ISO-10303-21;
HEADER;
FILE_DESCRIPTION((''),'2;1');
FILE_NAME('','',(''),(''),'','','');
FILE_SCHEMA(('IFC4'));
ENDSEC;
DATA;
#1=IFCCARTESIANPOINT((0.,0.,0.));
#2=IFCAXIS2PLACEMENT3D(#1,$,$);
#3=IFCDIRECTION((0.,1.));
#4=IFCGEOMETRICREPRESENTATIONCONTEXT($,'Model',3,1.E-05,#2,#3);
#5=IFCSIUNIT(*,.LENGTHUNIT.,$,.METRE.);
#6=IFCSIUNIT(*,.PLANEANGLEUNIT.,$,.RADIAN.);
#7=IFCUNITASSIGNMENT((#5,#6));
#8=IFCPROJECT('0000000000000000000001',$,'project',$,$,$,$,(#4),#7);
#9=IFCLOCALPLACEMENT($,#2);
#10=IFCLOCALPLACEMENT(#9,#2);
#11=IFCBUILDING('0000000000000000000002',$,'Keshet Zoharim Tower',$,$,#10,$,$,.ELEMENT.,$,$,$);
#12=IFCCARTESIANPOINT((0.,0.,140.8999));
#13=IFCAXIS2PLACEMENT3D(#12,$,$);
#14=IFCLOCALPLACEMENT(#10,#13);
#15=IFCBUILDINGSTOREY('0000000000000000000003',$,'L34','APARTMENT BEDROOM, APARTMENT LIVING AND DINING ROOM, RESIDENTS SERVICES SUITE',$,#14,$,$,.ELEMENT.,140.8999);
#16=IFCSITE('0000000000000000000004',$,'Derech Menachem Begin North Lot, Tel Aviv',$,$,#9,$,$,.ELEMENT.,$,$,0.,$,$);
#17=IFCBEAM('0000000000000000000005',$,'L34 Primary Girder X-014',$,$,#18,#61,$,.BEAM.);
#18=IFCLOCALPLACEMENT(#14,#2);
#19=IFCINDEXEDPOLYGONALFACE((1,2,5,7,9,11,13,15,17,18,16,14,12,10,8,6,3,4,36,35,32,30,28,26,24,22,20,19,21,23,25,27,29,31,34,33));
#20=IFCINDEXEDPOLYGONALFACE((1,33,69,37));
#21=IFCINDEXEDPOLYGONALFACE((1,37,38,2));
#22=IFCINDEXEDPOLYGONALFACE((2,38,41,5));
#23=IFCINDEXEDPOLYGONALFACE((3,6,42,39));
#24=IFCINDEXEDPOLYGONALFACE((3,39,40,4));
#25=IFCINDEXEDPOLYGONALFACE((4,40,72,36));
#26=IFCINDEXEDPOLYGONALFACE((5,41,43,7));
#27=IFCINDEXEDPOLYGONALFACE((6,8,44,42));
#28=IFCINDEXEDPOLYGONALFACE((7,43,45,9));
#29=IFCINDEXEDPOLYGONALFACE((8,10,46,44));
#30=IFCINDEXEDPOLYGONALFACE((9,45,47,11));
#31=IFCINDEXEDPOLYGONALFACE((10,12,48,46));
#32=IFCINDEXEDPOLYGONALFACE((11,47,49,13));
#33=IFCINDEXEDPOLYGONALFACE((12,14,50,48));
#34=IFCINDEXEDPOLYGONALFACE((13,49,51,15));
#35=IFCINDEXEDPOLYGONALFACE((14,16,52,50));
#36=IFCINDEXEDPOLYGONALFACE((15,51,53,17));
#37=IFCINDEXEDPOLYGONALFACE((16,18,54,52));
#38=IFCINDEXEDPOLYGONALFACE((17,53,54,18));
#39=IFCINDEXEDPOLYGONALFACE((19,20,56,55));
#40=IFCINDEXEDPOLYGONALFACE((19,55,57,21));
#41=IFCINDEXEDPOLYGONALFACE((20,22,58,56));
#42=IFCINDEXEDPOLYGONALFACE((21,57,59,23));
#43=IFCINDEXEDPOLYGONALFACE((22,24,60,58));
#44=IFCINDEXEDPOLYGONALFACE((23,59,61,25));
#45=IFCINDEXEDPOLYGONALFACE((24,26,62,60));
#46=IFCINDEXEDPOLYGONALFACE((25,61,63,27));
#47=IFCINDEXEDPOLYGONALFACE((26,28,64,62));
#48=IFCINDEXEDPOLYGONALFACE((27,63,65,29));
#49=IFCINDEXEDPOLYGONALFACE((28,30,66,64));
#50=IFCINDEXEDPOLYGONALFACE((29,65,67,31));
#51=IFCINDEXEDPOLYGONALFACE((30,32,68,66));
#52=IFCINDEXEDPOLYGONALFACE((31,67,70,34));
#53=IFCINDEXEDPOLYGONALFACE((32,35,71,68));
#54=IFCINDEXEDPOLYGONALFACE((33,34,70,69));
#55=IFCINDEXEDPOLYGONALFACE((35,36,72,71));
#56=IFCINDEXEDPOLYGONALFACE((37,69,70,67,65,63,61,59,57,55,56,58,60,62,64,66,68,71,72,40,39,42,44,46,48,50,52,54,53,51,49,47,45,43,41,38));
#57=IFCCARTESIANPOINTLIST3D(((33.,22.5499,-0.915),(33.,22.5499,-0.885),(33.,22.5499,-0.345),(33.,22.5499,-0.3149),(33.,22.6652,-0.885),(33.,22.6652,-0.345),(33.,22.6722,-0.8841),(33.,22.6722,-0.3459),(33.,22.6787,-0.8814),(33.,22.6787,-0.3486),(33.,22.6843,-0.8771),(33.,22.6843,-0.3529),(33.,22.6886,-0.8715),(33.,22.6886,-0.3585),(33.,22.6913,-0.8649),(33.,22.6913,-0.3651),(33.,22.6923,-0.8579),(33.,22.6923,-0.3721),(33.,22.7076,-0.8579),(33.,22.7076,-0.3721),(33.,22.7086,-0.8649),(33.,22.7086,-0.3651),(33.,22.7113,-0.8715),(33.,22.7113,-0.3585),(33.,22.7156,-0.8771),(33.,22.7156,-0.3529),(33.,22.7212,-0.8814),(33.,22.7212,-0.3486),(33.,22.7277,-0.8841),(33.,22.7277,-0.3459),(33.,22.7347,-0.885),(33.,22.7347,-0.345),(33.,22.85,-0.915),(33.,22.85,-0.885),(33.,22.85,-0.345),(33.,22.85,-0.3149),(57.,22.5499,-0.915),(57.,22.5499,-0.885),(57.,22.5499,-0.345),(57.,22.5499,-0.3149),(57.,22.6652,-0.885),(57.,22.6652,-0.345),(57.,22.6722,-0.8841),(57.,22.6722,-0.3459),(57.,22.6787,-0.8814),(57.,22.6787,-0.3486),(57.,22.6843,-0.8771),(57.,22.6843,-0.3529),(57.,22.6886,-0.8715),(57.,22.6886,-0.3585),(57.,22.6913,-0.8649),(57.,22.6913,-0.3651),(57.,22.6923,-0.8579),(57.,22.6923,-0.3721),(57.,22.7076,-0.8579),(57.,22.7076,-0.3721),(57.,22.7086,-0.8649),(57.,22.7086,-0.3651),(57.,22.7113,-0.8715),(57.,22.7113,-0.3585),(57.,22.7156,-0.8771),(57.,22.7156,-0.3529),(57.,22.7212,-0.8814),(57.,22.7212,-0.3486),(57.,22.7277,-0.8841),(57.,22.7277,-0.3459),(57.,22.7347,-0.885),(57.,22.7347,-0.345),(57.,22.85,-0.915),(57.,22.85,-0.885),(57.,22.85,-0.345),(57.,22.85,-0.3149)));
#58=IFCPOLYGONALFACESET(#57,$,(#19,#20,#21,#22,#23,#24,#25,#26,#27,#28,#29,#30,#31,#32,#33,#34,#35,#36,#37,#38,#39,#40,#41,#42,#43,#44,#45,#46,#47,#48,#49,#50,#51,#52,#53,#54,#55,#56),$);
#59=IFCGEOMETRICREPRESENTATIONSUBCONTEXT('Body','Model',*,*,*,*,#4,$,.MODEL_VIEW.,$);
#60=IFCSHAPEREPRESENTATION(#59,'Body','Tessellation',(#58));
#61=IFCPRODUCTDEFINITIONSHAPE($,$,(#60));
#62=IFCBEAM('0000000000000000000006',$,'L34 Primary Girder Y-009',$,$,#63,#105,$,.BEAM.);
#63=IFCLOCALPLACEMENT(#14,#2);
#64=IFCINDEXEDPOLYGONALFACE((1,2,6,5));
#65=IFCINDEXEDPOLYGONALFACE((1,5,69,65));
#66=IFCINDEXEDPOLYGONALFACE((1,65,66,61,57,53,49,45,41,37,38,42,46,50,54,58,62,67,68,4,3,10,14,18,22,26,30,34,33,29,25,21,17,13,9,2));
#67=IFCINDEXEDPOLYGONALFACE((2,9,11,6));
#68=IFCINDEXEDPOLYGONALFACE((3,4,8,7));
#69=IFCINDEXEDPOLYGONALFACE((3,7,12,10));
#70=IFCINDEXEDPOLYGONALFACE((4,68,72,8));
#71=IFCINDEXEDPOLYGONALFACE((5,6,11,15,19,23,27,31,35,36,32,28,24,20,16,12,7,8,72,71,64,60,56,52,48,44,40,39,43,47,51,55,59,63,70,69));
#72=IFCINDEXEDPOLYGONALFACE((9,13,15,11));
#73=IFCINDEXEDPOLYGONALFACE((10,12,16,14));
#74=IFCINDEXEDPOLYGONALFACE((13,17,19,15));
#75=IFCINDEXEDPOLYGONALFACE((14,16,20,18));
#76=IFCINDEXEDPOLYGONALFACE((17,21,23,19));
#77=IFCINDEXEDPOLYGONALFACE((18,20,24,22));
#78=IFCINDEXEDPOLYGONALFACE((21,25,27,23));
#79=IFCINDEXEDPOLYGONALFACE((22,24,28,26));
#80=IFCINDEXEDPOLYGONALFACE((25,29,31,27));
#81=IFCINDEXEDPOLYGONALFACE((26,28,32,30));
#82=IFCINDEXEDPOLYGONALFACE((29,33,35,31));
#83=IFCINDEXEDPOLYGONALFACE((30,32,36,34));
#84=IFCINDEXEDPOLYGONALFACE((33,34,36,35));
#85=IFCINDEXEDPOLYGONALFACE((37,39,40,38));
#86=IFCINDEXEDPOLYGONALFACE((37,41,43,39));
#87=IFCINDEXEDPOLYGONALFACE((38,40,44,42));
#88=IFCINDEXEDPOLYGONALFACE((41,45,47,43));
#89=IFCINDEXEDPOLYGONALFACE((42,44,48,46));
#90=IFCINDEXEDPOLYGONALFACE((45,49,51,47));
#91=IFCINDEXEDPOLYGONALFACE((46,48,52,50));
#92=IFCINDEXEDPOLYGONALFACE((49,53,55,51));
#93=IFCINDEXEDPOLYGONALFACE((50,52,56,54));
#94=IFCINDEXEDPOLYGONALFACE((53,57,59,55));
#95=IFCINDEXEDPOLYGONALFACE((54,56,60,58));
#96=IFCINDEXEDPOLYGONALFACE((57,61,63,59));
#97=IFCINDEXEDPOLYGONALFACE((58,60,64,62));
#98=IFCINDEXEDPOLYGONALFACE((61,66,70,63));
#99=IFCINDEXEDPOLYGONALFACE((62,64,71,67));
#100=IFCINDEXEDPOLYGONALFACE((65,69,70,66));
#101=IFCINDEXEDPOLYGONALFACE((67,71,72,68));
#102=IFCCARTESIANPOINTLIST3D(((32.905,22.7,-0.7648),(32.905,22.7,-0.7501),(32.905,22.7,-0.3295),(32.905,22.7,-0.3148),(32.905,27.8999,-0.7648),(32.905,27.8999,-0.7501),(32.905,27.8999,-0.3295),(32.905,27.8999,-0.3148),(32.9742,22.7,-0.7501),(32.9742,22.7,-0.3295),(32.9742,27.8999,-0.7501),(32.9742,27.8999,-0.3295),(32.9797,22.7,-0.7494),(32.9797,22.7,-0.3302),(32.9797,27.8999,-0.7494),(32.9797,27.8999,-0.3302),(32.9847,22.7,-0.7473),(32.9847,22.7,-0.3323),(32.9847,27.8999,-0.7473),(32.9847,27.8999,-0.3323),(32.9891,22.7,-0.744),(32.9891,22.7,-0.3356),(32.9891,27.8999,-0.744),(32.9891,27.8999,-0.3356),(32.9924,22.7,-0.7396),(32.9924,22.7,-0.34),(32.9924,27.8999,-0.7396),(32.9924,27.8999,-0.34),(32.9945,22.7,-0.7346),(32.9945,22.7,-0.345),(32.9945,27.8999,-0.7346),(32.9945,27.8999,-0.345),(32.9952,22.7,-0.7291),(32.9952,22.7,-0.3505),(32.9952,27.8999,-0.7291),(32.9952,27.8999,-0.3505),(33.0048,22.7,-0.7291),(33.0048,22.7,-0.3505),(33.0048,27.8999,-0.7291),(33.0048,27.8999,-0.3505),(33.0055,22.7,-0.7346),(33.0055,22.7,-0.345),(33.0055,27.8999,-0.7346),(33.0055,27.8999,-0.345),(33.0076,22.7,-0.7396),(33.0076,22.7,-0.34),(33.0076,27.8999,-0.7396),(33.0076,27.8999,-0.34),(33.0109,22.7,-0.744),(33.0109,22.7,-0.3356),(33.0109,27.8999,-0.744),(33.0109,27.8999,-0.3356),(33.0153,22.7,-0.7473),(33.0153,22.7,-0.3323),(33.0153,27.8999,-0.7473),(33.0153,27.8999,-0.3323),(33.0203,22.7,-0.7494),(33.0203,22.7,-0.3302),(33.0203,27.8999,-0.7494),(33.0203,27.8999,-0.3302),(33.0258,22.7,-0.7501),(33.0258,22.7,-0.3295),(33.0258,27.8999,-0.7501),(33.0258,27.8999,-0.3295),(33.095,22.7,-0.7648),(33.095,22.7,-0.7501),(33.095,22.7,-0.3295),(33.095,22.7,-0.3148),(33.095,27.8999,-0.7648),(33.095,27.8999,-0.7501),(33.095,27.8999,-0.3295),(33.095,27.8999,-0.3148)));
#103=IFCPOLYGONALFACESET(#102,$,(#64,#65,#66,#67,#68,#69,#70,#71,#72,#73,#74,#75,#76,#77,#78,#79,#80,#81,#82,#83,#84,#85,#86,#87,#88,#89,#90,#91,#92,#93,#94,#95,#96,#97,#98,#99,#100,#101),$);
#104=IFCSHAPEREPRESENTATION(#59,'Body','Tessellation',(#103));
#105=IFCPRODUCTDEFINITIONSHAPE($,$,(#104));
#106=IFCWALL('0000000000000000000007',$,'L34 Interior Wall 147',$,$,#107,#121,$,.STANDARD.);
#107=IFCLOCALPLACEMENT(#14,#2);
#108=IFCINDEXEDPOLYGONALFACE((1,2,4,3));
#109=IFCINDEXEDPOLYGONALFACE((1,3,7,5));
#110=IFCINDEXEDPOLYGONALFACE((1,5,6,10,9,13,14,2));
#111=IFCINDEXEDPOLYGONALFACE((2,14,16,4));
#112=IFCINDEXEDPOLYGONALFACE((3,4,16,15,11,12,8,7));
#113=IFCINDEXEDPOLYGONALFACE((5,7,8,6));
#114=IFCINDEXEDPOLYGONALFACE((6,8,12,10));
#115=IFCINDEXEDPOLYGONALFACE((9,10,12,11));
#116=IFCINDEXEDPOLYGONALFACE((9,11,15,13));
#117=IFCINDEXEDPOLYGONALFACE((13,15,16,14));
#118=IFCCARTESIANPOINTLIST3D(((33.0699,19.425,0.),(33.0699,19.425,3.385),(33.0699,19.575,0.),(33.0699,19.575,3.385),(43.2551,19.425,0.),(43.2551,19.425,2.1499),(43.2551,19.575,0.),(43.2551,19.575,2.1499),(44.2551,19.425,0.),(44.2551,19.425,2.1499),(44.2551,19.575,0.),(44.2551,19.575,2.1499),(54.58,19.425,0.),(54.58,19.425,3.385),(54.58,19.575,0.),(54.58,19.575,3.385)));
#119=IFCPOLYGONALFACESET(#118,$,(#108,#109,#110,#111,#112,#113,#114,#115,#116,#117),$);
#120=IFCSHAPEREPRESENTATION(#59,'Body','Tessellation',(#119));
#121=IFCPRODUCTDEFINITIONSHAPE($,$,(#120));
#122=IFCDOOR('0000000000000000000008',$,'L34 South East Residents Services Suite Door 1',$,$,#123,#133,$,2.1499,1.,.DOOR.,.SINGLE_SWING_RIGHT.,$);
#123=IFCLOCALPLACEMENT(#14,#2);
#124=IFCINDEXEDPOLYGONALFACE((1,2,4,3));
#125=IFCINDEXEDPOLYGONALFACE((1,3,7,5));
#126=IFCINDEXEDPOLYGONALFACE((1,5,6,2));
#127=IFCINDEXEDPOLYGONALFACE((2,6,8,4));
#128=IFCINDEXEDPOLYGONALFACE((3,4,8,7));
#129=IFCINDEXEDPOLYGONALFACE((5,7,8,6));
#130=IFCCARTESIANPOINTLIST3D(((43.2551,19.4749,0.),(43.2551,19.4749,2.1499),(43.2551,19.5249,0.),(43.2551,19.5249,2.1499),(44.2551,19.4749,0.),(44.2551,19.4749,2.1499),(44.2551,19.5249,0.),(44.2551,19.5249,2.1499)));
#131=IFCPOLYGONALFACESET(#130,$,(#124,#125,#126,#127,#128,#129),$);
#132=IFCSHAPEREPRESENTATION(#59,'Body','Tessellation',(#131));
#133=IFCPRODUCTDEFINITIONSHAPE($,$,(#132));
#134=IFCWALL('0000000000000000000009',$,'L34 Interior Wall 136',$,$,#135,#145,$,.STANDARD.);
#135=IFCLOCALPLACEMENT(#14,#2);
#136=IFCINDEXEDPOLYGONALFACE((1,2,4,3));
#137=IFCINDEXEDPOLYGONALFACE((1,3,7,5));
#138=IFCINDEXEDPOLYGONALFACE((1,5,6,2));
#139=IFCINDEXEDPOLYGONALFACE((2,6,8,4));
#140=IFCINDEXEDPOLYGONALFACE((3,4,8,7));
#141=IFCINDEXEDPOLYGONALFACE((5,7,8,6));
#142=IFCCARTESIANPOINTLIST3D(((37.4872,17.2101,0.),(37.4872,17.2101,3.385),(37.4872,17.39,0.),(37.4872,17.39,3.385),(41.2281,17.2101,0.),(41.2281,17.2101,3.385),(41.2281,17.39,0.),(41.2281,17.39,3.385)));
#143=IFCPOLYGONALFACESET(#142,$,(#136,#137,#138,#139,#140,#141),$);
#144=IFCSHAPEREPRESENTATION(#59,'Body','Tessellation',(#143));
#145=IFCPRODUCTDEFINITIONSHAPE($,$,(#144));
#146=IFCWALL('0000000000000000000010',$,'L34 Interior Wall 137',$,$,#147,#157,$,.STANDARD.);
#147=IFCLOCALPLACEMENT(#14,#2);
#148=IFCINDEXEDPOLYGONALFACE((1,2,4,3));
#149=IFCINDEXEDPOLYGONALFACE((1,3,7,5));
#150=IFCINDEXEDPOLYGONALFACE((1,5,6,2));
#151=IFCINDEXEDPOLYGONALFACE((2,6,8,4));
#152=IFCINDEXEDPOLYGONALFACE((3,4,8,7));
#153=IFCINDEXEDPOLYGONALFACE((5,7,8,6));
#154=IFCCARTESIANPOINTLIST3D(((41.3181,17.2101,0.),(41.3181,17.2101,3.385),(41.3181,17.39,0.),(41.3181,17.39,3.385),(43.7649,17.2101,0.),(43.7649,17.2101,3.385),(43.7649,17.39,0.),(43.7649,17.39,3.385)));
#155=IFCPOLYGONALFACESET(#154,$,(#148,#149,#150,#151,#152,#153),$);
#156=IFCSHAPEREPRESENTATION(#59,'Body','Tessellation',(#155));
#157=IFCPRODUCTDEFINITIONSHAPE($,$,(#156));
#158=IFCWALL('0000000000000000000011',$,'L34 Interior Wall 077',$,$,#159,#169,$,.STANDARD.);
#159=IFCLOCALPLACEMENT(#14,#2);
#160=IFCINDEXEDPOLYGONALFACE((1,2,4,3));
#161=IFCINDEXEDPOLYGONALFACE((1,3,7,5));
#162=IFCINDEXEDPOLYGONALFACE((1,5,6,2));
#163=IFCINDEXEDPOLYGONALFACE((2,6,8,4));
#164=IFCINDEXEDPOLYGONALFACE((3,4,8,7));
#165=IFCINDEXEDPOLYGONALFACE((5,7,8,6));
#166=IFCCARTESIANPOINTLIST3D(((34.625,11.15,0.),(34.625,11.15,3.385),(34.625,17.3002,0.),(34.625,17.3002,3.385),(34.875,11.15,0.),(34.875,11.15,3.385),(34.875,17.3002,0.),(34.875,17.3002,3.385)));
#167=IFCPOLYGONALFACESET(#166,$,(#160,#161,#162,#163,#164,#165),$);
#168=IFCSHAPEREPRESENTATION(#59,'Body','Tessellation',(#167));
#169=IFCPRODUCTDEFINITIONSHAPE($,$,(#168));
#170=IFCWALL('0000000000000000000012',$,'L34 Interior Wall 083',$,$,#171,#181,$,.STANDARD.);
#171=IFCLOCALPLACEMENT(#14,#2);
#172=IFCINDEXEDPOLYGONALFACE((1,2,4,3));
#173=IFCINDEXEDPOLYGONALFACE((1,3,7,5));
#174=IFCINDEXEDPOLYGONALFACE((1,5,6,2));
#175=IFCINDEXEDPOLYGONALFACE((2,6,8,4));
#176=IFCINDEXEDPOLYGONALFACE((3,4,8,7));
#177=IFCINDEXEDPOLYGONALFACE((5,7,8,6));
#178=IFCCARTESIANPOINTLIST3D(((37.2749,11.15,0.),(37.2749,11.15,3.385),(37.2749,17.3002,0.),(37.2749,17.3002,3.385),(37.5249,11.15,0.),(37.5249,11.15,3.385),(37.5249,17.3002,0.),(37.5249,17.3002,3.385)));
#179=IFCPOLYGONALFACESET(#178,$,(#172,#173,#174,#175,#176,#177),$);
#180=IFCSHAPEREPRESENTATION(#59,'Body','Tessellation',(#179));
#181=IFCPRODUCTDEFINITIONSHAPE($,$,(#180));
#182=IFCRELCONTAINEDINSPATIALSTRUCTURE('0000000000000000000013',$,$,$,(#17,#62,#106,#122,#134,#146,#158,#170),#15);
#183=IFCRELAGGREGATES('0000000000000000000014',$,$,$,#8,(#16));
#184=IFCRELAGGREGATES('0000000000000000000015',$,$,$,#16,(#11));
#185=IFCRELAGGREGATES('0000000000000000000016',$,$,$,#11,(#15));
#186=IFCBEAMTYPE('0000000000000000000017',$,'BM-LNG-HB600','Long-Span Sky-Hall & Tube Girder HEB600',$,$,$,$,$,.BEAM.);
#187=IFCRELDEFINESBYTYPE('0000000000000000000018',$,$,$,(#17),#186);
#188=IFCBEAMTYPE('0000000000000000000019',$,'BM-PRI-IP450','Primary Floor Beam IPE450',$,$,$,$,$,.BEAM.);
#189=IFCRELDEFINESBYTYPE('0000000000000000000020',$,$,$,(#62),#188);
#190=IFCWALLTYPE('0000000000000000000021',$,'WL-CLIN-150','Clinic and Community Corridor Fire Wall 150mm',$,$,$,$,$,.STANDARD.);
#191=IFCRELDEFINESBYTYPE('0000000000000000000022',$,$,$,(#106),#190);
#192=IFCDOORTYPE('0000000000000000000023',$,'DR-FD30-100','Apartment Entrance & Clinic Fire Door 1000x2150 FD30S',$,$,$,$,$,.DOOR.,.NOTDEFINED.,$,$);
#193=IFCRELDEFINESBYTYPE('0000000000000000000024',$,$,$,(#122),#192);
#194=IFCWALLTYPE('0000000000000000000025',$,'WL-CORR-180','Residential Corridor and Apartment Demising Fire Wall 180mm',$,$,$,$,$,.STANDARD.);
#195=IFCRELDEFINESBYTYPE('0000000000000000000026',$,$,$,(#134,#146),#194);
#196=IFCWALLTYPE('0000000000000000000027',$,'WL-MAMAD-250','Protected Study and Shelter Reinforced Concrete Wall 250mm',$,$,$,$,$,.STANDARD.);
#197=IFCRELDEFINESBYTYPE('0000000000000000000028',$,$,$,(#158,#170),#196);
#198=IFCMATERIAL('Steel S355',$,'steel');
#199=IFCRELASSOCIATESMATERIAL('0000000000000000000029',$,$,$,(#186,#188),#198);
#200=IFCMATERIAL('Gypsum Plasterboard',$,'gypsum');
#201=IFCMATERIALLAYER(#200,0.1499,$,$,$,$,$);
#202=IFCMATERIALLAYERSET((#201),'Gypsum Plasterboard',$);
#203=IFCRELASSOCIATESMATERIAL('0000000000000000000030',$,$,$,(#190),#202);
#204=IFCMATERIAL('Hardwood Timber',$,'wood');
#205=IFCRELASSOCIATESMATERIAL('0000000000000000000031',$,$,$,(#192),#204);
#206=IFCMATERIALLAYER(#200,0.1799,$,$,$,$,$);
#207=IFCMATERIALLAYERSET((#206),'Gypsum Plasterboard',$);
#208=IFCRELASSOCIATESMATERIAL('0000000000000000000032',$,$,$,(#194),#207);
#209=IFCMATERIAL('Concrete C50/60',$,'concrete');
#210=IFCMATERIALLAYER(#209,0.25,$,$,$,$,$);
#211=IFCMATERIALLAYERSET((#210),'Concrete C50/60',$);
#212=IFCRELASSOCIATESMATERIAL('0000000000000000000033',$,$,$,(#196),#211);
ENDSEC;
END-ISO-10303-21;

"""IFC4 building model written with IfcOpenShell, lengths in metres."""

from ifc_helpers import new_model, si_unit, direction, frame, frame_2d, origin, origin_2d, place, context, subcontext, project, spatial, rectangle, i_section, extrude, material, layer, layer_set, material_profile, profile_set, type_object, element, fill, save


model = new_model("IFC4")

# Units and contexts
model_context = context("Model", 3, precision=1e-05, world=origin(), true_north=direction((0.0, 1.0)))
body_context = subcontext(model_context, "Body", "Model", "MODEL_VIEW")
ifc_project = project(units=[si_unit("LENGTHUNIT", "METRE"), si_unit("PLANEANGLEUNIT", "RADIAN")], contexts=[model_context])

# Site, building, storey
site_placement = place(None, origin())
site = spatial("IfcSite", under=ifc_project, at=site_placement, Name="Derech Menachem Begin North Lot, Tel Aviv", CompositionType="ELEMENT", RefElevation=0.0)
building_placement = place(site_placement, origin())
building = spatial("IfcBuilding", under=site, at=building_placement, Name="Keshet Zoharim Tower", CompositionType="ELEMENT")
storey_placement = place(building_placement, frame((0.0, 0.0, 140.8999)))
storey = spatial("IfcBuildingStorey", under=building, at=storey_placement, Name="L34", Description="APARTMENT BEDROOM, APARTMENT LIVING AND DINING ROOM, RESIDENTS SERVICES SUITE", CompositionType="ELEMENT", Elevation=140.8999)

# Beams
ifc_material_1 = material(Name="Steel S355", Category="steel")
ifc_material_profile_1 = material_profile(ifc_material_1, i_section(OverallWidth=0.3, OverallDepth=0.6001, WebThickness=0.0154, FlangeThickness=0.03, FilletRadius=0.0271, at=origin_2d()), Name="HEB600")
ifc_profile_set_1 = profile_set([ifc_material_profile_1], Name="Steel S355")
beam_type_1 = type_object("IfcBeamType", Name="BM-LNG-HB600", Description="Long-Span Sky-Hall & Tube Girder HEB600", PredefinedType="BEAM", material=ifc_profile_set_1)
beam_1_placement = place(storey_placement, frame((33.0, 22.7, -0.615), z_axis=(1.0, 0.0, 0.0), x_axis=(0.0, 1.0, 0.0)))
element("IfcBeam", 1, at=beam_1_placement, inside=storey, type_object=beam_type_1, Name="L34 Primary Girder X-014", PredefinedType="BEAM", context=body_context, shape_type="SweptSolid", body=[
    extrude(i_section(OverallWidth=0.3, OverallDepth=0.6001, WebThickness=0.0154, FlangeThickness=0.03, FilletRadius=0.0271, at=origin_2d()), origin(), (0.0, 0.0, 1.0), 24.0),
])
ifc_material_profile_2 = material_profile(ifc_material_1, i_section(OverallWidth=0.1899, OverallDepth=0.45, WebThickness=0.0095, FlangeThickness=0.0146, FilletRadius=0.021, at=origin_2d()), Name="IPE450")
ifc_profile_set_2 = profile_set([ifc_material_profile_2], Name="Steel S355")
beam_type_2 = type_object("IfcBeamType", Name="BM-PRI-IP450", Description="Primary Floor Beam IPE450", PredefinedType="BEAM", material=ifc_profile_set_2)
beam_2_placement = place(storey_placement, frame((33.0, 22.7, -0.5398), z_axis=(0.0, 1.0, 0.0), x_axis=(-1.0, 0.0, 0.0)))
element("IfcBeam", 2, at=beam_2_placement, inside=storey, type_object=beam_type_2, Name="L34 Primary Girder Y-009", PredefinedType="BEAM", context=body_context, shape_type="SweptSolid", body=[
    extrude(i_section(OverallWidth=0.1899, OverallDepth=0.45, WebThickness=0.0095, FlangeThickness=0.0146, FilletRadius=0.021, at=origin_2d()), origin(), (0.0, 0.0, 1.0), 5.2),
])

# Wall, opening, door
ifc_material_2 = material(Name="Gypsum Plasterboard", Category="gypsum")
ifc_layer_1 = layer(ifc_material_2, 0.1499)
ifc_layer_set_1 = layer_set([ifc_layer_1], Name="Gypsum Plasterboard")
wall_type_1 = type_object("IfcWallType", Name="WL-CLIN-150", Description="Clinic and Community Corridor Fire Wall 150mm", PredefinedType="STANDARD", material=ifc_layer_set_1)
wall_1_placement = place(storey_placement, frame((33.0701, 19.5, 0.0), z_axis=(0.0, 0.0, 1.0), x_axis=(1.0, 0.0, 0.0)))
wall_1 = element("IfcWall", 3, at=wall_1_placement, inside=storey, type_object=wall_type_1, Name="L34 Interior Wall 147", PredefinedType="STANDARD", context=body_context, shape_type="SweptSolid", body=[
    extrude(rectangle(XDim=21.51, YDim=0.1499, at=frame_2d((10.7549, 0.0))), origin(), (0.0, 0.0, 1.0), 3.385),
])
opening_1_placement = place(wall_1_placement, frame((10.1851, 0.0, 0.0)))
opening_1 = element("IfcOpeningElement", 4, at=opening_1_placement, cuts=wall_1, PredefinedType="OPENING", context=body_context, shape_type="SweptSolid", body=[
    extrude(rectangle(XDim=1.0, YDim=2.1499, at=frame_2d((0.5, 1.075))), frame((0.0, 0.085, 0.0), z_axis=(0.0, -1.0, 0.0), x_axis=(1.0, 0.0, 0.0)), (0.0, 0.0, 1.0), 0.1699),
])
ifc_material_3 = material(Name="Hardwood Timber", Category="wood")
door_type_1 = type_object("IfcDoorType", Name="DR-FD30-100", Description="Apartment Entrance & Clinic Fire Door 1000x2150 FD30S", OperationType="NOTDEFINED", PredefinedType="DOOR", material=ifc_material_3)
door_1_placement = place(opening_1_placement, origin())
door_1 = element("IfcDoor", 5, at=door_1_placement, inside=storey, type_object=door_type_1, Name="L34 South East Residents Services Suite Door 1", OperationType="SINGLE_SWING_RIGHT", OverallHeight=2.1499, OverallWidth=1.0, PredefinedType="DOOR", context=body_context, shape_type="SweptSolid", body=[
    extrude(rectangle(XDim=1.0, YDim=2.1499, at=frame_2d((0.5, 1.075))), frame((0.0, 0.0249, 0.0), z_axis=(0.0, -1.0, 0.0), x_axis=(1.0, 0.0, 0.0)), (0.0, 0.0, 1.0), 0.05),
])
fill(opening_1, door_1)

# Walls
ifc_layer_2 = layer(ifc_material_2, 0.1799)
ifc_layer_set_2 = layer_set([ifc_layer_2], Name="Gypsum Plasterboard")
wall_type_2 = type_object("IfcWallType", Name="WL-CORR-180", Description="Residential Corridor and Apartment Demising Fire Wall 180mm", PredefinedType="STANDARD", material=ifc_layer_set_2)
wall_2_placement = place(storey_placement, frame((37.4871, 17.3, 0.0), z_axis=(0.0, 0.0, 1.0), x_axis=(1.0, 0.0, 0.0)))
element("IfcWall", 6, at=wall_2_placement, inside=storey, type_object=wall_type_2, Name="L34 Interior Wall 136", PredefinedType="STANDARD", context=body_context, shape_type="SweptSolid", body=[
    extrude(rectangle(XDim=3.741, YDim=0.1799, at=frame_2d((1.8706, 0.0))), origin(), (0.0, 0.0, 1.0), 3.385),
])
wall_3_placement = place(storey_placement, frame((41.3181, 17.3, 0.0), z_axis=(0.0, 0.0, 1.0), x_axis=(1.0, 0.0, 0.0)))
element("IfcWall", 7, at=wall_3_placement, inside=storey, type_object=wall_type_2, Name="L34 Interior Wall 137", PredefinedType="STANDARD", context=body_context, shape_type="SweptSolid", body=[
    extrude(rectangle(XDim=2.4468, YDim=0.1799, at=frame_2d((1.2234, 0.0))), origin(), (0.0, 0.0, 1.0), 3.385),
])

# Walls
ifc_material_4 = material(Name="Concrete C50/60", Category="concrete")
ifc_layer_3 = layer(ifc_material_4, 0.25)
ifc_layer_set_3 = layer_set([ifc_layer_3], Name="Concrete C50/60")
wall_type_3 = type_object("IfcWallType", Name="WL-MAMAD-250", Description="Protected Study and Shelter Reinforced Concrete Wall 250mm", PredefinedType="STANDARD", material=ifc_layer_set_3)
for number, where, z_axis, x_axis, name in (
    (8, (34.75, 11.1499, 0.0), (0.0, 0.0, 1.0), (0.0, 1.0, 0.0), "L34 Interior Wall 077"),
    (9, (37.3999, 11.1499, 0.0), (0.0, 0.0, 1.0), (0.0, 1.0, 0.0), "L34 Interior Wall 083"),
):
    element("IfcWall", number, at=place(storey_placement, frame(where, z_axis=z_axis, x_axis=x_axis)), inside=storey, type_object=wall_type_3, Name=name, PredefinedType="STANDARD", context=body_context, shape_type="SweptSolid", body=[
        extrude(rectangle(XDim=6.1501, YDim=0.25, at=frame_2d((3.0752, 0.0))), origin(), (0.0, 0.0, 1.0), 3.385),
    ])

save(model, "model.ifc")
